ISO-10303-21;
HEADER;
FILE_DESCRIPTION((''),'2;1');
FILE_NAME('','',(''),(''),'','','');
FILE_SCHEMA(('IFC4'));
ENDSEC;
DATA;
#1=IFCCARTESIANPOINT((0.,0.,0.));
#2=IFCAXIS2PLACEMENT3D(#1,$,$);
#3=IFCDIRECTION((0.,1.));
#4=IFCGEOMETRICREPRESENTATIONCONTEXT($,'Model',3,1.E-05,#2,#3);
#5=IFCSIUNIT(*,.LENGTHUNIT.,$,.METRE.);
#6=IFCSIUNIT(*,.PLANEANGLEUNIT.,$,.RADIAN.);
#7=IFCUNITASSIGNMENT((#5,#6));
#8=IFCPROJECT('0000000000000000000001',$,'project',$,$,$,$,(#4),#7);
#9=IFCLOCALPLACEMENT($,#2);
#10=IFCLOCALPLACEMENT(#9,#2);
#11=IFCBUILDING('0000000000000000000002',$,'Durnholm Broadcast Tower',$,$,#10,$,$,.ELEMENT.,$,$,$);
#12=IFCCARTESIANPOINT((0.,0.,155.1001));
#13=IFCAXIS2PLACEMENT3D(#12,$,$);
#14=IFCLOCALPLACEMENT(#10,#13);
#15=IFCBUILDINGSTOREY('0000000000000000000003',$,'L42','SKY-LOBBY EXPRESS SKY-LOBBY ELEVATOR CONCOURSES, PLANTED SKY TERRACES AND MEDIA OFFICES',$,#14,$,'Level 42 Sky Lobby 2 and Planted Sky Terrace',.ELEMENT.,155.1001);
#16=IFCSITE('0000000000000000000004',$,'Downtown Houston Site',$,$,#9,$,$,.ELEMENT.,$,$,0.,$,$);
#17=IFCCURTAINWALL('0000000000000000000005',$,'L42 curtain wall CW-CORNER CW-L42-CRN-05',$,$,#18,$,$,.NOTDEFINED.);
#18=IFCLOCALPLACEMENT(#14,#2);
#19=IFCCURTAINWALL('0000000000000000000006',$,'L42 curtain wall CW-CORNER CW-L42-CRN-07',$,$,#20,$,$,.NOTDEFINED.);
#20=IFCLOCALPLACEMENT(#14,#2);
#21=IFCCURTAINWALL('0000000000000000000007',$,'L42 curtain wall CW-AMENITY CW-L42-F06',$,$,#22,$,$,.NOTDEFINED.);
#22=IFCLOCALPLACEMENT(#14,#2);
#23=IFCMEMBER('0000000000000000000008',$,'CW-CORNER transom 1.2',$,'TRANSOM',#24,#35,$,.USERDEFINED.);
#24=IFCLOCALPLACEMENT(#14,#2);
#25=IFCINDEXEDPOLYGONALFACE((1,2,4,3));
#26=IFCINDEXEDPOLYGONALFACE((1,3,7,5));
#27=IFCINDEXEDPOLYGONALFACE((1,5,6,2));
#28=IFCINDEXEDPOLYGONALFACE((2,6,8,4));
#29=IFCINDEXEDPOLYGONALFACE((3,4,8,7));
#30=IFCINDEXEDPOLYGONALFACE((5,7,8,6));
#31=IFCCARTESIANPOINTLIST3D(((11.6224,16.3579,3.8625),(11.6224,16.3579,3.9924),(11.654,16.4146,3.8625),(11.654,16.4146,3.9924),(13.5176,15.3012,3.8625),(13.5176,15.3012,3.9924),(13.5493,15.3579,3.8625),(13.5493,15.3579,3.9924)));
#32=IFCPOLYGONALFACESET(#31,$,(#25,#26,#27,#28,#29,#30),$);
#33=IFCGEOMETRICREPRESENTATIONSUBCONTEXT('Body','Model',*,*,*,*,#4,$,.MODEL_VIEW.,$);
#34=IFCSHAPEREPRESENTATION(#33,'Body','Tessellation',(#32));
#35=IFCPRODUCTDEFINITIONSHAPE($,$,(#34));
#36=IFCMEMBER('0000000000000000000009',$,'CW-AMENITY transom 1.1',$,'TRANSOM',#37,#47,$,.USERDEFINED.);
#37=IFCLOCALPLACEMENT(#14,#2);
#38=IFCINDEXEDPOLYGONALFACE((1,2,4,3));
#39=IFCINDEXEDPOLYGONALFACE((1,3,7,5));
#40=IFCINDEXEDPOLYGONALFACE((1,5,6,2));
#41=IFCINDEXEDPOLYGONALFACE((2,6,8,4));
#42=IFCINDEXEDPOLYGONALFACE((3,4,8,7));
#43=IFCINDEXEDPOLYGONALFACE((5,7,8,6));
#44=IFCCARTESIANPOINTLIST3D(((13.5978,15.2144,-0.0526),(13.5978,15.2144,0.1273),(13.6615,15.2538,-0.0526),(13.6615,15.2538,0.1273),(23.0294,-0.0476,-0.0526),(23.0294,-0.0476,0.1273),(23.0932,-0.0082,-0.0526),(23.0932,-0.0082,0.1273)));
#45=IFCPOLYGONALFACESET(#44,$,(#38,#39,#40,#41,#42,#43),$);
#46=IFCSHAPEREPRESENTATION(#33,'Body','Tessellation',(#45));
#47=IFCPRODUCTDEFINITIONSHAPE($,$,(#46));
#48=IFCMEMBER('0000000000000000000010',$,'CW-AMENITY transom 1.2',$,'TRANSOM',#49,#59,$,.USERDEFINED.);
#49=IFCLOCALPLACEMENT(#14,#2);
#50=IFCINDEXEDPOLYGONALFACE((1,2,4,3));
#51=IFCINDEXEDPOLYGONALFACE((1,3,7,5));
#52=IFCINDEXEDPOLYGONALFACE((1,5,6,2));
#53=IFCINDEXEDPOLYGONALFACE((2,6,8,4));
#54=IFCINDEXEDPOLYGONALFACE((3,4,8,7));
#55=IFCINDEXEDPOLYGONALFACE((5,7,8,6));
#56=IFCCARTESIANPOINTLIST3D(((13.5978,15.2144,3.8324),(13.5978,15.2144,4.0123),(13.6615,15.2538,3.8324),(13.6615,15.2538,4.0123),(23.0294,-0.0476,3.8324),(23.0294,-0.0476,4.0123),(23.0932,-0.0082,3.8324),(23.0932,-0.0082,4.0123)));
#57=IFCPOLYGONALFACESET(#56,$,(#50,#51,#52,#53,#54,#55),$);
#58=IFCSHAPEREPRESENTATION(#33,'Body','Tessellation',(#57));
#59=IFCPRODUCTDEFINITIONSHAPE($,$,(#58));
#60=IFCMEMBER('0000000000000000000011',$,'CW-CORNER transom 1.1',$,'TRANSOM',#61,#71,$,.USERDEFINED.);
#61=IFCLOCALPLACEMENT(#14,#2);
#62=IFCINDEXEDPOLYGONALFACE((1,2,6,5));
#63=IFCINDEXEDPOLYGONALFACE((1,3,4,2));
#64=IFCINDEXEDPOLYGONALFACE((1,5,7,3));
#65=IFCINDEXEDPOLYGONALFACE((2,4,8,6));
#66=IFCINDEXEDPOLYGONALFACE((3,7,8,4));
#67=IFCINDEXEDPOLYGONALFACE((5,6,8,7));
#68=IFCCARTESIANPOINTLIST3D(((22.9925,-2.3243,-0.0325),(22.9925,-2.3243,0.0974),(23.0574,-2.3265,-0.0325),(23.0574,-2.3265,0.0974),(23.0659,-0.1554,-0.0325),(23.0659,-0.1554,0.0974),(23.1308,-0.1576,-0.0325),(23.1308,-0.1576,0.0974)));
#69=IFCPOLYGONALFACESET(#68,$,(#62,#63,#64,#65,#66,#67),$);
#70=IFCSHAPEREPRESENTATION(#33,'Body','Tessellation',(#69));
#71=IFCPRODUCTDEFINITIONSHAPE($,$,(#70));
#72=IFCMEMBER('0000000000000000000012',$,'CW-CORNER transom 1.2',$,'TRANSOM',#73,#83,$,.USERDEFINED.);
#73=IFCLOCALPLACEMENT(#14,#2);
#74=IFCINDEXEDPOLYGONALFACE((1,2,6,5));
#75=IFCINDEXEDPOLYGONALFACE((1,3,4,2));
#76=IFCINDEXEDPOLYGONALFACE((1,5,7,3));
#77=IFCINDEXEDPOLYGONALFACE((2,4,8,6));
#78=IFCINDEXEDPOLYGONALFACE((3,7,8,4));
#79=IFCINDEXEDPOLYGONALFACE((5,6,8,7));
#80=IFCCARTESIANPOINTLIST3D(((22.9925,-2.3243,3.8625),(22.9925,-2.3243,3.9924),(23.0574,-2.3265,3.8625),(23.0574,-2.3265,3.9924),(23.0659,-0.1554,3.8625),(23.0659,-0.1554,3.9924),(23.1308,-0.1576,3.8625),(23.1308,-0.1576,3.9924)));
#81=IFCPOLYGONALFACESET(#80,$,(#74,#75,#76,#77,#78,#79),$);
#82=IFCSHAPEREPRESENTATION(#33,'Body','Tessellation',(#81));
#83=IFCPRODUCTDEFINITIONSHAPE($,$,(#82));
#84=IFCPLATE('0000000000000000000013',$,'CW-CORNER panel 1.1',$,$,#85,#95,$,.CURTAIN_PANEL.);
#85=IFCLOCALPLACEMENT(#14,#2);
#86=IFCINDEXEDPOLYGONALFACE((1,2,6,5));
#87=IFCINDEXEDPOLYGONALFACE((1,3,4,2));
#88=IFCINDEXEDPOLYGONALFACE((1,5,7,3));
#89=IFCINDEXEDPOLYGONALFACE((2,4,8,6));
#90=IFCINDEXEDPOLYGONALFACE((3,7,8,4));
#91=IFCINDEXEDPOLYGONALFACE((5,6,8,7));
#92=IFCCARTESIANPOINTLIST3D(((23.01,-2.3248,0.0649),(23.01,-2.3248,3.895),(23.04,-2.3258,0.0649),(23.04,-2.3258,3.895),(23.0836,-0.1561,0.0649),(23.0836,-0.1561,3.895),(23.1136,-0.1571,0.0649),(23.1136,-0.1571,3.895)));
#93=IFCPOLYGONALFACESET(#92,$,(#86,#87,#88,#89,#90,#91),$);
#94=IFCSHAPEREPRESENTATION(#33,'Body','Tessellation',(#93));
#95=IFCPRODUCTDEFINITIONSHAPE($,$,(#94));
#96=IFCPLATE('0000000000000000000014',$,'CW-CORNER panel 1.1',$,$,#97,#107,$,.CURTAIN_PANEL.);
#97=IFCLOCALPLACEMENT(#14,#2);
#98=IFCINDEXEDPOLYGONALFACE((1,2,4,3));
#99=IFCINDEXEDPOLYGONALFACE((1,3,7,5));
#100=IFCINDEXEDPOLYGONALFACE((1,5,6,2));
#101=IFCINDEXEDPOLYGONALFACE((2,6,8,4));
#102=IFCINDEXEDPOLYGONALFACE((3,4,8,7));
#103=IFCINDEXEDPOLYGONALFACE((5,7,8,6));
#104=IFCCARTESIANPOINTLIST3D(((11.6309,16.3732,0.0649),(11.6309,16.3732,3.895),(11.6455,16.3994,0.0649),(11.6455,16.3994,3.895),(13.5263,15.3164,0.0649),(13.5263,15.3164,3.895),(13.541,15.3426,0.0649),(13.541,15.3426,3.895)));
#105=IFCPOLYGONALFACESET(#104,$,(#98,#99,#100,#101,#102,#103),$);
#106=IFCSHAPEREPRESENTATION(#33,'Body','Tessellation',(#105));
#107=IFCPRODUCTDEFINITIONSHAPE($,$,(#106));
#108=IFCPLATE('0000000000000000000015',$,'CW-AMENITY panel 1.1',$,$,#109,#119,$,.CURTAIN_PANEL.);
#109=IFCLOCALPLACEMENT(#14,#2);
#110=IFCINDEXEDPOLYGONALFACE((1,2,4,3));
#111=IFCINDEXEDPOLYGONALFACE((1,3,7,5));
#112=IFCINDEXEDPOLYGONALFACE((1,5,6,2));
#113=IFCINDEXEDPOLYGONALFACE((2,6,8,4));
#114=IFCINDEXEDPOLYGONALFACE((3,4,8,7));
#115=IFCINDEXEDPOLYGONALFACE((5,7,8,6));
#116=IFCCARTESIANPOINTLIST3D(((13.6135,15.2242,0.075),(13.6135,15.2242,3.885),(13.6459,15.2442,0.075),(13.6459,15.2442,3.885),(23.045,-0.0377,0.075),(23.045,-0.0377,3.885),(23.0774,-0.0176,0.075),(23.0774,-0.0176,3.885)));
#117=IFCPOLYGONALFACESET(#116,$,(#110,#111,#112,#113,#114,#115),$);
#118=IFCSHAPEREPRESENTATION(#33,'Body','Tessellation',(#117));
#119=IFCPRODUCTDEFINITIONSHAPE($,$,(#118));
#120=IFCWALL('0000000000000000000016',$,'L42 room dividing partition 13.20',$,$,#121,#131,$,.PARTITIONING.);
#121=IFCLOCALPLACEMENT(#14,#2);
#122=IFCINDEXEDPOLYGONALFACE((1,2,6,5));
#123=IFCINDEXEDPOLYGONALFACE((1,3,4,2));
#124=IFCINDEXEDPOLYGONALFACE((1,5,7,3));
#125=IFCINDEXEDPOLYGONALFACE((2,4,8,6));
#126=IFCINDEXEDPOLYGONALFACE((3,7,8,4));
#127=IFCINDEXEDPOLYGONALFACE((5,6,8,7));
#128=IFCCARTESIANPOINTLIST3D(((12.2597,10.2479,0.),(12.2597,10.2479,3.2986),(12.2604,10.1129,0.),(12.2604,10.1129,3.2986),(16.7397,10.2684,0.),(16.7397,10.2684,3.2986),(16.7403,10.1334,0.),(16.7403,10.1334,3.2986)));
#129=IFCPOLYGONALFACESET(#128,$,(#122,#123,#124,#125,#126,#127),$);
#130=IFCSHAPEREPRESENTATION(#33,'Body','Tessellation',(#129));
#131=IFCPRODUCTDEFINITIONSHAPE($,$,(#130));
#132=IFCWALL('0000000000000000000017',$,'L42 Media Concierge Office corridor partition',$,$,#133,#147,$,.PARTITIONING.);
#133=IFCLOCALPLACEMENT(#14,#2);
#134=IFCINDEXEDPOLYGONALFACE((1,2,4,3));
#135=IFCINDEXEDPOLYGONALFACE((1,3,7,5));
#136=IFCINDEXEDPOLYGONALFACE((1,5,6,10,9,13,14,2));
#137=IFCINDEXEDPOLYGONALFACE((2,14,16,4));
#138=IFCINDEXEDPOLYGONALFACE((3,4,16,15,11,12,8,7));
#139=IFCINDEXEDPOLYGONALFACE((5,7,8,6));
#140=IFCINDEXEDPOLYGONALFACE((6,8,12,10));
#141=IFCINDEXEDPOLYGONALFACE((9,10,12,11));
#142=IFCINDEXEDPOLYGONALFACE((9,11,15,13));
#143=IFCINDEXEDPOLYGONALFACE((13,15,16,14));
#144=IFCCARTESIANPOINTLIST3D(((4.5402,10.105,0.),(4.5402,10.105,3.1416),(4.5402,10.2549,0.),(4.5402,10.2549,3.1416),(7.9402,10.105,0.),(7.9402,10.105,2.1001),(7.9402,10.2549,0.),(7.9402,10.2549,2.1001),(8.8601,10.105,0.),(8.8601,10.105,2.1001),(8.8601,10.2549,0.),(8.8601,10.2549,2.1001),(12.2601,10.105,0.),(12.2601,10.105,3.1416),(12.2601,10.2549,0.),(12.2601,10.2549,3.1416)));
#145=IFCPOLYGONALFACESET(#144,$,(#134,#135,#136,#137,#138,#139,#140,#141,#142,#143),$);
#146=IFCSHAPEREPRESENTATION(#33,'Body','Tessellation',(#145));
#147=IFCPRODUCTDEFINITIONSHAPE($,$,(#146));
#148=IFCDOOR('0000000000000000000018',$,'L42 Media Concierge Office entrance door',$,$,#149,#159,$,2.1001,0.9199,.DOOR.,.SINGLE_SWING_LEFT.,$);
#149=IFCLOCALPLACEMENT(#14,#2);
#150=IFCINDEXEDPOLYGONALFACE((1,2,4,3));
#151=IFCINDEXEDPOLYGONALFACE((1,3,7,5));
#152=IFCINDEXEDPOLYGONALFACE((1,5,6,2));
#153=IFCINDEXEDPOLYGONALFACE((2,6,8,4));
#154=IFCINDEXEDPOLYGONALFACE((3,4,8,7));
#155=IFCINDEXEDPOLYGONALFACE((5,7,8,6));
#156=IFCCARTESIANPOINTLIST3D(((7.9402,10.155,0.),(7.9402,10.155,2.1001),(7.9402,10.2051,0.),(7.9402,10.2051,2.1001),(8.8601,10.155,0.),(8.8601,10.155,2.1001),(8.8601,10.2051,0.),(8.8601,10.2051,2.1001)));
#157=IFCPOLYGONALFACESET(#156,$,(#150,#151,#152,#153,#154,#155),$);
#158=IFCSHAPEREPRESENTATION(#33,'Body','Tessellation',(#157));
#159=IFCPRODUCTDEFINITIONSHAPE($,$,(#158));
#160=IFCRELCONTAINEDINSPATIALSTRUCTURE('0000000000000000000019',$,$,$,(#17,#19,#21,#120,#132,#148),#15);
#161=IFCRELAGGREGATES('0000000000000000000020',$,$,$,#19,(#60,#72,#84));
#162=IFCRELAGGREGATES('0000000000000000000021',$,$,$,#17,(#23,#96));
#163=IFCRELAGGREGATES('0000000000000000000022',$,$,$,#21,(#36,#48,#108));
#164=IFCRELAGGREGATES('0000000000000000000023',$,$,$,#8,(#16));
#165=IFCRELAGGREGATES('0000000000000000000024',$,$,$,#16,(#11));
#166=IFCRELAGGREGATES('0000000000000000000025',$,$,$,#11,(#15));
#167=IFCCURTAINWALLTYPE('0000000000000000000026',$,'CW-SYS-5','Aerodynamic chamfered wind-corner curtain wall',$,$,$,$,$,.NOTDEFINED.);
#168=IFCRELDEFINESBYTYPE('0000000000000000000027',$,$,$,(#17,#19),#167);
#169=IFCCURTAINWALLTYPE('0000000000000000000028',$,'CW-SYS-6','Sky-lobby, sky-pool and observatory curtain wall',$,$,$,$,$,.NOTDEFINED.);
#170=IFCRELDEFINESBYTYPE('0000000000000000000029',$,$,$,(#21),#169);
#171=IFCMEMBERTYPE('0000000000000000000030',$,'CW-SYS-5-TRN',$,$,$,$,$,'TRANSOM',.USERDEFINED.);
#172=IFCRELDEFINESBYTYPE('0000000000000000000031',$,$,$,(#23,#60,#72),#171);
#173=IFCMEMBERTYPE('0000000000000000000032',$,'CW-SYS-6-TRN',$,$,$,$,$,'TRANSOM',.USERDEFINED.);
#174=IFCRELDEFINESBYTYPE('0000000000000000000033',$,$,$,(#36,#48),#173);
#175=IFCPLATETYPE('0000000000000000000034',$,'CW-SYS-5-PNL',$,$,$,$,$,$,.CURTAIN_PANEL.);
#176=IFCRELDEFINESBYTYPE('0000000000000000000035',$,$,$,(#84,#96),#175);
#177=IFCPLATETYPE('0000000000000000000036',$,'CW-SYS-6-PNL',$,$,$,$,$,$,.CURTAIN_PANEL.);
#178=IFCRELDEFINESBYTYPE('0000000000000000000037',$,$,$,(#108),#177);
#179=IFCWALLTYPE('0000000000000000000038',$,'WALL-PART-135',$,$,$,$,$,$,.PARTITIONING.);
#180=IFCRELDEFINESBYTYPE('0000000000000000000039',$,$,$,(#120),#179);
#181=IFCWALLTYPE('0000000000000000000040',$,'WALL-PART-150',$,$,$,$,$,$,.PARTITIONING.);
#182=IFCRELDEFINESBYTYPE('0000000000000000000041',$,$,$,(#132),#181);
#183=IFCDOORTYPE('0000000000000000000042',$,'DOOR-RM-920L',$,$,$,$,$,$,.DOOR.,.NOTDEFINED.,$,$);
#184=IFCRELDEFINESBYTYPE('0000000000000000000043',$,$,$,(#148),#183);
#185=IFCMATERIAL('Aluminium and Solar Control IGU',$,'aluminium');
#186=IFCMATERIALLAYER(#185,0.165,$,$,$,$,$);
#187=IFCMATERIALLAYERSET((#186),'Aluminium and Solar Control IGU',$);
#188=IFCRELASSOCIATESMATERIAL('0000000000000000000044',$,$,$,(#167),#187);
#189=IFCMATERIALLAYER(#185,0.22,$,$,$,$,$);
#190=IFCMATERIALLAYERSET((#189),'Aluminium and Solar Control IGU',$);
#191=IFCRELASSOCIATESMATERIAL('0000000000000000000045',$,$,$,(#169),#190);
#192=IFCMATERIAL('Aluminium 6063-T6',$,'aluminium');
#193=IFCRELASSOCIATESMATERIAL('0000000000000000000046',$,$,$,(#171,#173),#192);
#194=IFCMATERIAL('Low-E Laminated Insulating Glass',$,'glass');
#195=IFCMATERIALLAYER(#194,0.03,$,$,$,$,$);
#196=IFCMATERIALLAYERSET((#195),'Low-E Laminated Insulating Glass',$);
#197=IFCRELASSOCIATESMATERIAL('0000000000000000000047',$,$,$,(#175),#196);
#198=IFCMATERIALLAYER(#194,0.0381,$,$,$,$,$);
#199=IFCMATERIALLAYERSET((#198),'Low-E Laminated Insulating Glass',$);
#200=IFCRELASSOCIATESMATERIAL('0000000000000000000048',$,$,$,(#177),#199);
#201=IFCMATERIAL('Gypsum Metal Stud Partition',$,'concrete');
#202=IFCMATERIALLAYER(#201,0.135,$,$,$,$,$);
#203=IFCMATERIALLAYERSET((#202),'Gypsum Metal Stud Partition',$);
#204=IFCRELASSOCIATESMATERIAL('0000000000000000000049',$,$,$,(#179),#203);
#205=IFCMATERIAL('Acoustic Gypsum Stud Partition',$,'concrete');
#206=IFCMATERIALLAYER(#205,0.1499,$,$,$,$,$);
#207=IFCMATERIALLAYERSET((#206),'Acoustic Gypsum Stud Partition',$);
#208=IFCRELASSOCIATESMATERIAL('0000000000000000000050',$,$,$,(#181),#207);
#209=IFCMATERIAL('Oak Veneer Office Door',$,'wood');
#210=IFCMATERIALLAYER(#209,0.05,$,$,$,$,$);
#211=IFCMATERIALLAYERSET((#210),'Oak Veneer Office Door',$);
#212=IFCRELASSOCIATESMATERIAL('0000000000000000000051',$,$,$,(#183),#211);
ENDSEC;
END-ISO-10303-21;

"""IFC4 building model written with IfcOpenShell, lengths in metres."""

from ifc_helpers import new_model, si_unit, direction, frame, frame_2d, origin, origin_2d, place, context, subcontext, project, spatial, rectangle, extrude, source, transform, mapped, material, layer, layer_set, material_profile, profile_set, type_object, type_shapes, element, fill, aggregate, save


model = new_model("IFC4")

# Units and contexts
model_context = context("Model", 3, precision=1e-05, world=origin(), true_north=direction((0.0, 1.0)))
body_context = subcontext(model_context, "Body", "Model", "MODEL_VIEW")
ifc_project = project(units=[si_unit("LENGTHUNIT", "METRE"), si_unit("PLANEANGLEUNIT", "RADIAN")], contexts=[model_context])

# Site, building, storey
site_placement = place(None, origin())
site = spatial("IfcSite", under=ifc_project, at=site_placement, Name="Downtown Houston Site", CompositionType="ELEMENT", RefElevation=0.0)
building_placement = place(site_placement, origin())
building = spatial("IfcBuilding", under=site, at=building_placement, Name="Durnholm Broadcast Tower", CompositionType="ELEMENT")
storey_placement = place(building_placement, frame((0.0, 0.0, 155.1001)))
storey = spatial("IfcBuildingStorey", under=building, at=storey_placement, Name="L42", Description="SKY-LOBBY EXPRESS SKY-LOBBY ELEVATOR CONCOURSES, PLANTED SKY TERRACES AND MEDIA OFFICES", LongName="Level 42 Sky Lobby 2 and Planted Sky Terrace", CompositionType="ELEMENT", Elevation=155.1001)

# Curtain wall
ifc_material_1 = material(Name="Aluminium and Solar Control IGU", Category="aluminium")
ifc_layer_1 = layer(ifc_material_1, 0.165)
ifc_layer_set_1 = layer_set([ifc_layer_1], Name="Aluminium and Solar Control IGU")
curtain_wall_type_1 = type_object("IfcCurtainWallType", Name="CW-SYS-5", Description="Aerodynamic chamfered wind-corner curtain wall", PredefinedType="NOTDEFINED", material=ifc_layer_set_1)
curtain_wall_1_placement = place(storey_placement, origin())
curtain_wall_1 = element("IfcCurtainWall", 1, at=curtain_wall_1_placement, inside=storey, type_object=curtain_wall_type_1, Name="L42 curtain wall CW-CORNER CW-L42-CRN-05", PredefinedType="NOTDEFINED")
ifc_material_2 = material(Name="Aluminium 6063-T6", Category="aluminium")

# Curtain wall
curtain_wall_2_placement = place(storey_placement, origin())
curtain_wall_2 = element("IfcCurtainWall", 2, at=curtain_wall_2_placement, inside=storey, type_object=curtain_wall_type_1, Name="L42 curtain wall CW-CORNER CW-L42-CRN-07", PredefinedType="NOTDEFINED")

# Curtain wall
ifc_layer_2 = layer(ifc_material_1, 0.22)
ifc_layer_set_2 = layer_set([ifc_layer_2], Name="Aluminium and Solar Control IGU")
curtain_wall_type_2 = type_object("IfcCurtainWallType", Name="CW-SYS-6", Description="Sky-lobby, sky-pool and observatory curtain wall", PredefinedType="NOTDEFINED", material=ifc_layer_set_2)
curtain_wall_3_placement = place(storey_placement, origin())
curtain_wall_3 = element("IfcCurtainWall", 3, at=curtain_wall_3_placement, inside=storey, type_object=curtain_wall_type_2, Name="L42 curtain wall CW-AMENITY CW-L42-F06", PredefinedType="NOTDEFINED")

# Members
ifc_material_profile_1 = material_profile(ifc_material_2, rectangle(XDim=0.0649, YDim=0.1299, at=origin_2d()), Name="CWT65X130")
ifc_profile_set_1 = profile_set([ifc_material_profile_1], Name="Aluminium 6063-T6")
member_type_1 = type_object("IfcMemberType", Name="CW-SYS-5-TRN", ElementType="TRANSOM", PredefinedType="USERDEFINED", material=ifc_profile_set_1)
shared_shape_1 = source(origin(), body_context, "Body", "SweptSolid", [
    extrude(rectangle(XDim=0.0649, YDim=0.1299, at=origin_2d()), origin(), (0.0, 0.0, 1.0), 2.1699),
])
member_1_placement = place(storey_placement, frame((11.6382, 16.3862, 3.9275), z_axis=(0.873429, -0.486951, 0.0), x_axis=(0.486951, 0.873429, 0.0)))
member_1 = element("IfcMember", 4, at=member_1_placement, type_object=member_type_1, Name="CW-CORNER transom 1.2", ObjectType="TRANSOM", PredefinedType="USERDEFINED", context=body_context, shape_type="MappedRepresentation", body=[
    mapped(shared_shape_1, transform((0.0, 0.0, 0.0), x_axis=(1.0, 0.0, 0.0), y_axis=(0.0, 1.0, 0.0), z_axis=(0.0, 0.0, 1.0), scale=1.0)),
])
ifc_material_profile_2 = material_profile(ifc_material_2, rectangle(XDim=0.075, YDim=0.1799, at=origin_2d()), Name="CWT75X180")
ifc_profile_set_2 = profile_set([ifc_material_profile_2], Name="Aluminium 6063-T6")
member_type_2 = type_object("IfcMemberType", Name="CW-SYS-6-TRN", ElementType="TRANSOM", PredefinedType="USERDEFINED", material=ifc_profile_set_2)
shared_shape_2 = source(origin(), body_context, "Body", "SweptSolid", [
    extrude(rectangle(XDim=0.075, YDim=0.1799, at=origin_2d()), origin(), (0.0, 0.0, 1.0), 17.9412),
])
type_shapes(member_type_2, [shared_shape_2])
member_2_placement = place(storey_placement, frame((13.6296, 15.2341, 0.0374), z_axis=(0.5257, -0.85067, 0.0), x_axis=(0.85067, 0.5257, 0.0)))
member_2 = element("IfcMember", 5, at=member_2_placement, type_object=member_type_2, Name="CW-AMENITY transom 1.1", ObjectType="TRANSOM", PredefinedType="USERDEFINED", context=body_context, shape_type="MappedRepresentation", body=[
    mapped(shared_shape_2, transform((0.0, 0.0, 0.0), x_axis=(1.0, 0.0, 0.0), y_axis=(0.0, 1.0, 0.0), z_axis=(0.0, 0.0, 1.0), scale=1.0)),
])
member_3_placement = place(storey_placement, frame((13.6296, 15.2341, 3.9224), z_axis=(0.5257, -0.85067, 0.0), x_axis=(0.85067, 0.5257, 0.0)))
member_3 = element("IfcMember", 6, at=member_3_placement, type_object=member_type_2, Name="CW-AMENITY transom 1.2", ObjectType="TRANSOM", PredefinedType="USERDEFINED", context=body_context, shape_type="MappedRepresentation", body=[
    mapped(shared_shape_2, transform((0.0, 0.0, 0.0), x_axis=(1.0, 0.0, 0.0), y_axis=(0.0, 1.0, 0.0), z_axis=(0.0, 0.0, 1.0), scale=1.0)),
])
shared_shape_3 = source(origin(), body_context, "Body", "SweptSolid", [
    extrude(rectangle(XDim=0.0649, YDim=0.1299, at=origin_2d()), origin(), (0.0, 0.0, 1.0), 2.1702),
])
type_shapes(member_type_1, [shared_shape_1, shared_shape_3])
member_4_placement = place(storey_placement, frame((23.0984, -0.1565, 0.0325), z_axis=(-0.033862, -0.999427, 0.0), x_axis=(0.999427, -0.033862, 0.0)))
member_4 = element("IfcMember", 7, at=member_4_placement, type_object=member_type_1, Name="CW-CORNER transom 1.1", ObjectType="TRANSOM", PredefinedType="USERDEFINED", context=body_context, shape_type="MappedRepresentation", body=[
    mapped(shared_shape_3, transform((0.0, 0.0, 0.0), x_axis=(1.0, 0.0, 0.0), y_axis=(0.0, 1.0, 0.0), z_axis=(0.0, 0.0, 1.0), scale=1.0)),
])
member_5_placement = place(storey_placement, frame((23.0984, -0.1565, 3.9275), z_axis=(-0.033862, -0.999427, 0.0), x_axis=(0.999427, -0.033862, 0.0)))
member_5 = element("IfcMember", 8, at=member_5_placement, type_object=member_type_1, Name="CW-CORNER transom 1.2", ObjectType="TRANSOM", PredefinedType="USERDEFINED", context=body_context, shape_type="MappedRepresentation", body=[
    mapped(shared_shape_3, transform((0.0, 0.0, 0.0), x_axis=(1.0, 0.0, 0.0), y_axis=(0.0, 1.0, 0.0), z_axis=(0.0, 0.0, 1.0), scale=1.0)),
])

# Plates
ifc_material_3 = material(Name="Low-E Laminated Insulating Glass", Category="glass")
ifc_layer_3 = layer(ifc_material_3, 0.03)
ifc_layer_set_3 = layer_set([ifc_layer_3], Name="Low-E Laminated Insulating Glass")
plate_type_1 = type_object("IfcPlateType", Name="CW-SYS-5-PNL", PredefinedType="CURTAIN_PANEL", material=ifc_layer_set_3)
shared_shape_4 = source(origin(), body_context, "Body", "SweptSolid", [
    extrude(rectangle(XDim=2.1699, YDim=0.03, at=origin_2d()), origin(), (0.0, 0.0, 1.0), 3.8301),
])
plate_1_placement = place(storey_placement, frame((23.0618, -1.241, 0.0649), z_axis=(0.0, 0.0, 1.0), x_axis=(-0.033913, -0.999425, 0.0)))
plate_1 = element("IfcPlate", 9, at=plate_1_placement, type_object=plate_type_1, Name="CW-CORNER panel 1.1", PredefinedType="CURTAIN_PANEL", context=body_context, shape_type="MappedRepresentation", body=[
    mapped(shared_shape_4, transform((0.0, 0.0, 0.0), x_axis=(1.0, 0.0, 0.0), y_axis=(0.0, 1.0, 0.0), z_axis=(0.0, 0.0, 1.0), scale=1.0)),
])
aggregate(curtain_wall_2, [member_4, member_5, plate_1])
shared_shape_5 = source(origin(), body_context, "Body", "SweptSolid", [
    extrude(rectangle(XDim=2.1702, YDim=0.03, at=origin_2d()), origin(), (0.0, 0.0, 1.0), 3.8301),
])
type_shapes(plate_type_1, [shared_shape_4, shared_shape_5])
plate_2_placement = place(storey_placement, frame((12.5859, 15.8579, 0.0649), z_axis=(0.0, 0.0, 1.0), x_axis=(0.87341, -0.486986, 0.0)))
plate_2 = element("IfcPlate", 10, at=plate_2_placement, type_object=plate_type_1, Name="CW-CORNER panel 1.1", PredefinedType="CURTAIN_PANEL", context=body_context, shape_type="MappedRepresentation", body=[
    mapped(shared_shape_5, transform((0.0, 0.0, 0.0), x_axis=(1.0, 0.0, 0.0), y_axis=(0.0, 1.0, 0.0), z_axis=(0.0, 0.0, 1.0), scale=1.0)),
])
aggregate(curtain_wall_1, [member_1, plate_2])
ifc_layer_4 = layer(ifc_material_3, 0.0381)
ifc_layer_set_4 = layer_set([ifc_layer_4], Name="Low-E Laminated Insulating Glass")
plate_type_2 = type_object("IfcPlateType", Name="CW-SYS-6-PNL", PredefinedType="CURTAIN_PANEL", material=ifc_layer_set_4)
shared_shape_6 = source(origin(), body_context, "Body", "SweptSolid", [
    extrude(rectangle(XDim=17.9409, YDim=0.0381, at=origin_2d()), origin(), (0.0, 0.0, 1.0), 3.8101),
])
type_shapes(plate_type_2, [shared_shape_6])
plate_3_placement = place(storey_placement, frame((18.3455, 7.6033, 0.075), z_axis=(0.0, 0.0, 1.0), x_axis=(0.525698, -0.850671, 0.0)))
plate_3 = element("IfcPlate", 11, at=plate_3_placement, type_object=plate_type_2, Name="CW-AMENITY panel 1.1", PredefinedType="CURTAIN_PANEL", context=body_context, shape_type="MappedRepresentation", body=[
    mapped(shared_shape_6, transform((0.0, 0.0, 0.0), x_axis=(1.0, 0.0, 0.0), y_axis=(0.0, 1.0, 0.0), z_axis=(0.0, 0.0, 1.0), scale=1.0)),
])
aggregate(curtain_wall_3, [member_2, member_3, plate_3])

# Wall
ifc_material_4 = material(Name="Gypsum Metal Stud Partition", Category="concrete")
ifc_layer_5 = layer(ifc_material_4, 0.135)
ifc_layer_set_5 = layer_set([ifc_layer_5], Name="Gypsum Metal Stud Partition")
wall_type_1 = type_object("IfcWallType", Name="WALL-PART-135", PredefinedType="PARTITIONING", material=ifc_layer_set_5)
wall_1_placement = place(storey_placement, frame((16.74, 10.2009, 0.0), z_axis=(0.0, 0.0, 1.0), x_axis=(-0.99999, -0.004578, 0.0)))
element("IfcWall", 12, at=wall_1_placement, inside=storey, type_object=wall_type_1, Name="L42 room dividing partition 13.20", PredefinedType="PARTITIONING", context=body_context, shape_type="SweptSolid", body=[
    extrude(rectangle(XDim=4.48, YDim=0.135, at=frame_2d((2.24, 0.0))), origin(), (0.0, 0.0, 1.0), 3.2986),
])

# Wall, opening, door
ifc_material_5 = material(Name="Acoustic Gypsum Stud Partition", Category="concrete")
ifc_layer_6 = layer(ifc_material_5, 0.1499)
ifc_layer_set_6 = layer_set([ifc_layer_6], Name="Acoustic Gypsum Stud Partition")
wall_type_2 = type_object("IfcWallType", Name="WALL-PART-150", PredefinedType="PARTITIONING", material=ifc_layer_set_6)
wall_2_placement = place(storey_placement, frame((12.26, 10.1799, 0.0), z_axis=(0.0, 0.0, 1.0), x_axis=(-1.0, 0.0, 0.0)))
wall_2 = element("IfcWall", 13, at=wall_2_placement, inside=storey, type_object=wall_type_2, Name="L42 Media Concierge Office corridor partition", PredefinedType="PARTITIONING", context=body_context, shape_type="SweptSolid", body=[
    extrude(rectangle(XDim=7.72, YDim=0.1499, at=frame_2d((3.8599, 0.0))), origin(), (0.0, 0.0, 1.0), 3.1416),
])
opening_1_placement = place(wall_2_placement, frame((3.3999, 0.0, 0.0)))
opening_1 = element("IfcOpeningElement", 14, at=opening_1_placement, cuts=wall_2, PredefinedType="OPENING", context=body_context, shape_type="SweptSolid", body=[
    extrude(rectangle(XDim=0.9199, YDim=2.1001, at=frame_2d((0.46, 1.05))), frame((0.0, 0.085, 0.0), z_axis=(0.0, -1.0, 0.0), x_axis=(1.0, 0.0, 0.0)), (0.0, 0.0, 1.0), 0.1699),
])
ifc_material_6 = material(Name="Oak Veneer Office Door", Category="wood")
ifc_layer_7 = layer(ifc_material_6, 0.05)
ifc_layer_set_7 = layer_set([ifc_layer_7], Name="Oak Veneer Office Door")
door_type_1 = type_object("IfcDoorType", Name="DOOR-RM-920L", OperationType="NOTDEFINED", PredefinedType="DOOR", material=ifc_layer_set_7)
shared_shape_7 = source(origin(), body_context, "Body", "SweptSolid", [
    extrude(rectangle(XDim=0.9199, YDim=2.1001, at=frame_2d((0.46, 1.05))), frame((0.0, 0.0249, 0.0), z_axis=(0.0, -1.0, 0.0), x_axis=(1.0, 0.0, 0.0)), (0.0, 0.0, 1.0), 0.05),
])
type_shapes(door_type_1, [shared_shape_7])
door_1_placement = place(opening_1_placement, origin())
door_1 = element("IfcDoor", 15, at=door_1_placement, inside=storey, type_object=door_type_1, Name="L42 Media Concierge Office entrance door", OperationType="SINGLE_SWING_LEFT", OverallHeight=2.1001, OverallWidth=0.9199, PredefinedType="DOOR", context=body_context, shape_type="MappedRepresentation", body=[
    mapped(shared_shape_7, transform((0.0, 0.0, 0.0), x_axis=(1.0, 0.0, 0.0), y_axis=(0.0, 1.0, 0.0), z_axis=(0.0, 0.0, 1.0), scale=1.0)),
])
fill(opening_1, door_1)

save(model, "model.ifc")
